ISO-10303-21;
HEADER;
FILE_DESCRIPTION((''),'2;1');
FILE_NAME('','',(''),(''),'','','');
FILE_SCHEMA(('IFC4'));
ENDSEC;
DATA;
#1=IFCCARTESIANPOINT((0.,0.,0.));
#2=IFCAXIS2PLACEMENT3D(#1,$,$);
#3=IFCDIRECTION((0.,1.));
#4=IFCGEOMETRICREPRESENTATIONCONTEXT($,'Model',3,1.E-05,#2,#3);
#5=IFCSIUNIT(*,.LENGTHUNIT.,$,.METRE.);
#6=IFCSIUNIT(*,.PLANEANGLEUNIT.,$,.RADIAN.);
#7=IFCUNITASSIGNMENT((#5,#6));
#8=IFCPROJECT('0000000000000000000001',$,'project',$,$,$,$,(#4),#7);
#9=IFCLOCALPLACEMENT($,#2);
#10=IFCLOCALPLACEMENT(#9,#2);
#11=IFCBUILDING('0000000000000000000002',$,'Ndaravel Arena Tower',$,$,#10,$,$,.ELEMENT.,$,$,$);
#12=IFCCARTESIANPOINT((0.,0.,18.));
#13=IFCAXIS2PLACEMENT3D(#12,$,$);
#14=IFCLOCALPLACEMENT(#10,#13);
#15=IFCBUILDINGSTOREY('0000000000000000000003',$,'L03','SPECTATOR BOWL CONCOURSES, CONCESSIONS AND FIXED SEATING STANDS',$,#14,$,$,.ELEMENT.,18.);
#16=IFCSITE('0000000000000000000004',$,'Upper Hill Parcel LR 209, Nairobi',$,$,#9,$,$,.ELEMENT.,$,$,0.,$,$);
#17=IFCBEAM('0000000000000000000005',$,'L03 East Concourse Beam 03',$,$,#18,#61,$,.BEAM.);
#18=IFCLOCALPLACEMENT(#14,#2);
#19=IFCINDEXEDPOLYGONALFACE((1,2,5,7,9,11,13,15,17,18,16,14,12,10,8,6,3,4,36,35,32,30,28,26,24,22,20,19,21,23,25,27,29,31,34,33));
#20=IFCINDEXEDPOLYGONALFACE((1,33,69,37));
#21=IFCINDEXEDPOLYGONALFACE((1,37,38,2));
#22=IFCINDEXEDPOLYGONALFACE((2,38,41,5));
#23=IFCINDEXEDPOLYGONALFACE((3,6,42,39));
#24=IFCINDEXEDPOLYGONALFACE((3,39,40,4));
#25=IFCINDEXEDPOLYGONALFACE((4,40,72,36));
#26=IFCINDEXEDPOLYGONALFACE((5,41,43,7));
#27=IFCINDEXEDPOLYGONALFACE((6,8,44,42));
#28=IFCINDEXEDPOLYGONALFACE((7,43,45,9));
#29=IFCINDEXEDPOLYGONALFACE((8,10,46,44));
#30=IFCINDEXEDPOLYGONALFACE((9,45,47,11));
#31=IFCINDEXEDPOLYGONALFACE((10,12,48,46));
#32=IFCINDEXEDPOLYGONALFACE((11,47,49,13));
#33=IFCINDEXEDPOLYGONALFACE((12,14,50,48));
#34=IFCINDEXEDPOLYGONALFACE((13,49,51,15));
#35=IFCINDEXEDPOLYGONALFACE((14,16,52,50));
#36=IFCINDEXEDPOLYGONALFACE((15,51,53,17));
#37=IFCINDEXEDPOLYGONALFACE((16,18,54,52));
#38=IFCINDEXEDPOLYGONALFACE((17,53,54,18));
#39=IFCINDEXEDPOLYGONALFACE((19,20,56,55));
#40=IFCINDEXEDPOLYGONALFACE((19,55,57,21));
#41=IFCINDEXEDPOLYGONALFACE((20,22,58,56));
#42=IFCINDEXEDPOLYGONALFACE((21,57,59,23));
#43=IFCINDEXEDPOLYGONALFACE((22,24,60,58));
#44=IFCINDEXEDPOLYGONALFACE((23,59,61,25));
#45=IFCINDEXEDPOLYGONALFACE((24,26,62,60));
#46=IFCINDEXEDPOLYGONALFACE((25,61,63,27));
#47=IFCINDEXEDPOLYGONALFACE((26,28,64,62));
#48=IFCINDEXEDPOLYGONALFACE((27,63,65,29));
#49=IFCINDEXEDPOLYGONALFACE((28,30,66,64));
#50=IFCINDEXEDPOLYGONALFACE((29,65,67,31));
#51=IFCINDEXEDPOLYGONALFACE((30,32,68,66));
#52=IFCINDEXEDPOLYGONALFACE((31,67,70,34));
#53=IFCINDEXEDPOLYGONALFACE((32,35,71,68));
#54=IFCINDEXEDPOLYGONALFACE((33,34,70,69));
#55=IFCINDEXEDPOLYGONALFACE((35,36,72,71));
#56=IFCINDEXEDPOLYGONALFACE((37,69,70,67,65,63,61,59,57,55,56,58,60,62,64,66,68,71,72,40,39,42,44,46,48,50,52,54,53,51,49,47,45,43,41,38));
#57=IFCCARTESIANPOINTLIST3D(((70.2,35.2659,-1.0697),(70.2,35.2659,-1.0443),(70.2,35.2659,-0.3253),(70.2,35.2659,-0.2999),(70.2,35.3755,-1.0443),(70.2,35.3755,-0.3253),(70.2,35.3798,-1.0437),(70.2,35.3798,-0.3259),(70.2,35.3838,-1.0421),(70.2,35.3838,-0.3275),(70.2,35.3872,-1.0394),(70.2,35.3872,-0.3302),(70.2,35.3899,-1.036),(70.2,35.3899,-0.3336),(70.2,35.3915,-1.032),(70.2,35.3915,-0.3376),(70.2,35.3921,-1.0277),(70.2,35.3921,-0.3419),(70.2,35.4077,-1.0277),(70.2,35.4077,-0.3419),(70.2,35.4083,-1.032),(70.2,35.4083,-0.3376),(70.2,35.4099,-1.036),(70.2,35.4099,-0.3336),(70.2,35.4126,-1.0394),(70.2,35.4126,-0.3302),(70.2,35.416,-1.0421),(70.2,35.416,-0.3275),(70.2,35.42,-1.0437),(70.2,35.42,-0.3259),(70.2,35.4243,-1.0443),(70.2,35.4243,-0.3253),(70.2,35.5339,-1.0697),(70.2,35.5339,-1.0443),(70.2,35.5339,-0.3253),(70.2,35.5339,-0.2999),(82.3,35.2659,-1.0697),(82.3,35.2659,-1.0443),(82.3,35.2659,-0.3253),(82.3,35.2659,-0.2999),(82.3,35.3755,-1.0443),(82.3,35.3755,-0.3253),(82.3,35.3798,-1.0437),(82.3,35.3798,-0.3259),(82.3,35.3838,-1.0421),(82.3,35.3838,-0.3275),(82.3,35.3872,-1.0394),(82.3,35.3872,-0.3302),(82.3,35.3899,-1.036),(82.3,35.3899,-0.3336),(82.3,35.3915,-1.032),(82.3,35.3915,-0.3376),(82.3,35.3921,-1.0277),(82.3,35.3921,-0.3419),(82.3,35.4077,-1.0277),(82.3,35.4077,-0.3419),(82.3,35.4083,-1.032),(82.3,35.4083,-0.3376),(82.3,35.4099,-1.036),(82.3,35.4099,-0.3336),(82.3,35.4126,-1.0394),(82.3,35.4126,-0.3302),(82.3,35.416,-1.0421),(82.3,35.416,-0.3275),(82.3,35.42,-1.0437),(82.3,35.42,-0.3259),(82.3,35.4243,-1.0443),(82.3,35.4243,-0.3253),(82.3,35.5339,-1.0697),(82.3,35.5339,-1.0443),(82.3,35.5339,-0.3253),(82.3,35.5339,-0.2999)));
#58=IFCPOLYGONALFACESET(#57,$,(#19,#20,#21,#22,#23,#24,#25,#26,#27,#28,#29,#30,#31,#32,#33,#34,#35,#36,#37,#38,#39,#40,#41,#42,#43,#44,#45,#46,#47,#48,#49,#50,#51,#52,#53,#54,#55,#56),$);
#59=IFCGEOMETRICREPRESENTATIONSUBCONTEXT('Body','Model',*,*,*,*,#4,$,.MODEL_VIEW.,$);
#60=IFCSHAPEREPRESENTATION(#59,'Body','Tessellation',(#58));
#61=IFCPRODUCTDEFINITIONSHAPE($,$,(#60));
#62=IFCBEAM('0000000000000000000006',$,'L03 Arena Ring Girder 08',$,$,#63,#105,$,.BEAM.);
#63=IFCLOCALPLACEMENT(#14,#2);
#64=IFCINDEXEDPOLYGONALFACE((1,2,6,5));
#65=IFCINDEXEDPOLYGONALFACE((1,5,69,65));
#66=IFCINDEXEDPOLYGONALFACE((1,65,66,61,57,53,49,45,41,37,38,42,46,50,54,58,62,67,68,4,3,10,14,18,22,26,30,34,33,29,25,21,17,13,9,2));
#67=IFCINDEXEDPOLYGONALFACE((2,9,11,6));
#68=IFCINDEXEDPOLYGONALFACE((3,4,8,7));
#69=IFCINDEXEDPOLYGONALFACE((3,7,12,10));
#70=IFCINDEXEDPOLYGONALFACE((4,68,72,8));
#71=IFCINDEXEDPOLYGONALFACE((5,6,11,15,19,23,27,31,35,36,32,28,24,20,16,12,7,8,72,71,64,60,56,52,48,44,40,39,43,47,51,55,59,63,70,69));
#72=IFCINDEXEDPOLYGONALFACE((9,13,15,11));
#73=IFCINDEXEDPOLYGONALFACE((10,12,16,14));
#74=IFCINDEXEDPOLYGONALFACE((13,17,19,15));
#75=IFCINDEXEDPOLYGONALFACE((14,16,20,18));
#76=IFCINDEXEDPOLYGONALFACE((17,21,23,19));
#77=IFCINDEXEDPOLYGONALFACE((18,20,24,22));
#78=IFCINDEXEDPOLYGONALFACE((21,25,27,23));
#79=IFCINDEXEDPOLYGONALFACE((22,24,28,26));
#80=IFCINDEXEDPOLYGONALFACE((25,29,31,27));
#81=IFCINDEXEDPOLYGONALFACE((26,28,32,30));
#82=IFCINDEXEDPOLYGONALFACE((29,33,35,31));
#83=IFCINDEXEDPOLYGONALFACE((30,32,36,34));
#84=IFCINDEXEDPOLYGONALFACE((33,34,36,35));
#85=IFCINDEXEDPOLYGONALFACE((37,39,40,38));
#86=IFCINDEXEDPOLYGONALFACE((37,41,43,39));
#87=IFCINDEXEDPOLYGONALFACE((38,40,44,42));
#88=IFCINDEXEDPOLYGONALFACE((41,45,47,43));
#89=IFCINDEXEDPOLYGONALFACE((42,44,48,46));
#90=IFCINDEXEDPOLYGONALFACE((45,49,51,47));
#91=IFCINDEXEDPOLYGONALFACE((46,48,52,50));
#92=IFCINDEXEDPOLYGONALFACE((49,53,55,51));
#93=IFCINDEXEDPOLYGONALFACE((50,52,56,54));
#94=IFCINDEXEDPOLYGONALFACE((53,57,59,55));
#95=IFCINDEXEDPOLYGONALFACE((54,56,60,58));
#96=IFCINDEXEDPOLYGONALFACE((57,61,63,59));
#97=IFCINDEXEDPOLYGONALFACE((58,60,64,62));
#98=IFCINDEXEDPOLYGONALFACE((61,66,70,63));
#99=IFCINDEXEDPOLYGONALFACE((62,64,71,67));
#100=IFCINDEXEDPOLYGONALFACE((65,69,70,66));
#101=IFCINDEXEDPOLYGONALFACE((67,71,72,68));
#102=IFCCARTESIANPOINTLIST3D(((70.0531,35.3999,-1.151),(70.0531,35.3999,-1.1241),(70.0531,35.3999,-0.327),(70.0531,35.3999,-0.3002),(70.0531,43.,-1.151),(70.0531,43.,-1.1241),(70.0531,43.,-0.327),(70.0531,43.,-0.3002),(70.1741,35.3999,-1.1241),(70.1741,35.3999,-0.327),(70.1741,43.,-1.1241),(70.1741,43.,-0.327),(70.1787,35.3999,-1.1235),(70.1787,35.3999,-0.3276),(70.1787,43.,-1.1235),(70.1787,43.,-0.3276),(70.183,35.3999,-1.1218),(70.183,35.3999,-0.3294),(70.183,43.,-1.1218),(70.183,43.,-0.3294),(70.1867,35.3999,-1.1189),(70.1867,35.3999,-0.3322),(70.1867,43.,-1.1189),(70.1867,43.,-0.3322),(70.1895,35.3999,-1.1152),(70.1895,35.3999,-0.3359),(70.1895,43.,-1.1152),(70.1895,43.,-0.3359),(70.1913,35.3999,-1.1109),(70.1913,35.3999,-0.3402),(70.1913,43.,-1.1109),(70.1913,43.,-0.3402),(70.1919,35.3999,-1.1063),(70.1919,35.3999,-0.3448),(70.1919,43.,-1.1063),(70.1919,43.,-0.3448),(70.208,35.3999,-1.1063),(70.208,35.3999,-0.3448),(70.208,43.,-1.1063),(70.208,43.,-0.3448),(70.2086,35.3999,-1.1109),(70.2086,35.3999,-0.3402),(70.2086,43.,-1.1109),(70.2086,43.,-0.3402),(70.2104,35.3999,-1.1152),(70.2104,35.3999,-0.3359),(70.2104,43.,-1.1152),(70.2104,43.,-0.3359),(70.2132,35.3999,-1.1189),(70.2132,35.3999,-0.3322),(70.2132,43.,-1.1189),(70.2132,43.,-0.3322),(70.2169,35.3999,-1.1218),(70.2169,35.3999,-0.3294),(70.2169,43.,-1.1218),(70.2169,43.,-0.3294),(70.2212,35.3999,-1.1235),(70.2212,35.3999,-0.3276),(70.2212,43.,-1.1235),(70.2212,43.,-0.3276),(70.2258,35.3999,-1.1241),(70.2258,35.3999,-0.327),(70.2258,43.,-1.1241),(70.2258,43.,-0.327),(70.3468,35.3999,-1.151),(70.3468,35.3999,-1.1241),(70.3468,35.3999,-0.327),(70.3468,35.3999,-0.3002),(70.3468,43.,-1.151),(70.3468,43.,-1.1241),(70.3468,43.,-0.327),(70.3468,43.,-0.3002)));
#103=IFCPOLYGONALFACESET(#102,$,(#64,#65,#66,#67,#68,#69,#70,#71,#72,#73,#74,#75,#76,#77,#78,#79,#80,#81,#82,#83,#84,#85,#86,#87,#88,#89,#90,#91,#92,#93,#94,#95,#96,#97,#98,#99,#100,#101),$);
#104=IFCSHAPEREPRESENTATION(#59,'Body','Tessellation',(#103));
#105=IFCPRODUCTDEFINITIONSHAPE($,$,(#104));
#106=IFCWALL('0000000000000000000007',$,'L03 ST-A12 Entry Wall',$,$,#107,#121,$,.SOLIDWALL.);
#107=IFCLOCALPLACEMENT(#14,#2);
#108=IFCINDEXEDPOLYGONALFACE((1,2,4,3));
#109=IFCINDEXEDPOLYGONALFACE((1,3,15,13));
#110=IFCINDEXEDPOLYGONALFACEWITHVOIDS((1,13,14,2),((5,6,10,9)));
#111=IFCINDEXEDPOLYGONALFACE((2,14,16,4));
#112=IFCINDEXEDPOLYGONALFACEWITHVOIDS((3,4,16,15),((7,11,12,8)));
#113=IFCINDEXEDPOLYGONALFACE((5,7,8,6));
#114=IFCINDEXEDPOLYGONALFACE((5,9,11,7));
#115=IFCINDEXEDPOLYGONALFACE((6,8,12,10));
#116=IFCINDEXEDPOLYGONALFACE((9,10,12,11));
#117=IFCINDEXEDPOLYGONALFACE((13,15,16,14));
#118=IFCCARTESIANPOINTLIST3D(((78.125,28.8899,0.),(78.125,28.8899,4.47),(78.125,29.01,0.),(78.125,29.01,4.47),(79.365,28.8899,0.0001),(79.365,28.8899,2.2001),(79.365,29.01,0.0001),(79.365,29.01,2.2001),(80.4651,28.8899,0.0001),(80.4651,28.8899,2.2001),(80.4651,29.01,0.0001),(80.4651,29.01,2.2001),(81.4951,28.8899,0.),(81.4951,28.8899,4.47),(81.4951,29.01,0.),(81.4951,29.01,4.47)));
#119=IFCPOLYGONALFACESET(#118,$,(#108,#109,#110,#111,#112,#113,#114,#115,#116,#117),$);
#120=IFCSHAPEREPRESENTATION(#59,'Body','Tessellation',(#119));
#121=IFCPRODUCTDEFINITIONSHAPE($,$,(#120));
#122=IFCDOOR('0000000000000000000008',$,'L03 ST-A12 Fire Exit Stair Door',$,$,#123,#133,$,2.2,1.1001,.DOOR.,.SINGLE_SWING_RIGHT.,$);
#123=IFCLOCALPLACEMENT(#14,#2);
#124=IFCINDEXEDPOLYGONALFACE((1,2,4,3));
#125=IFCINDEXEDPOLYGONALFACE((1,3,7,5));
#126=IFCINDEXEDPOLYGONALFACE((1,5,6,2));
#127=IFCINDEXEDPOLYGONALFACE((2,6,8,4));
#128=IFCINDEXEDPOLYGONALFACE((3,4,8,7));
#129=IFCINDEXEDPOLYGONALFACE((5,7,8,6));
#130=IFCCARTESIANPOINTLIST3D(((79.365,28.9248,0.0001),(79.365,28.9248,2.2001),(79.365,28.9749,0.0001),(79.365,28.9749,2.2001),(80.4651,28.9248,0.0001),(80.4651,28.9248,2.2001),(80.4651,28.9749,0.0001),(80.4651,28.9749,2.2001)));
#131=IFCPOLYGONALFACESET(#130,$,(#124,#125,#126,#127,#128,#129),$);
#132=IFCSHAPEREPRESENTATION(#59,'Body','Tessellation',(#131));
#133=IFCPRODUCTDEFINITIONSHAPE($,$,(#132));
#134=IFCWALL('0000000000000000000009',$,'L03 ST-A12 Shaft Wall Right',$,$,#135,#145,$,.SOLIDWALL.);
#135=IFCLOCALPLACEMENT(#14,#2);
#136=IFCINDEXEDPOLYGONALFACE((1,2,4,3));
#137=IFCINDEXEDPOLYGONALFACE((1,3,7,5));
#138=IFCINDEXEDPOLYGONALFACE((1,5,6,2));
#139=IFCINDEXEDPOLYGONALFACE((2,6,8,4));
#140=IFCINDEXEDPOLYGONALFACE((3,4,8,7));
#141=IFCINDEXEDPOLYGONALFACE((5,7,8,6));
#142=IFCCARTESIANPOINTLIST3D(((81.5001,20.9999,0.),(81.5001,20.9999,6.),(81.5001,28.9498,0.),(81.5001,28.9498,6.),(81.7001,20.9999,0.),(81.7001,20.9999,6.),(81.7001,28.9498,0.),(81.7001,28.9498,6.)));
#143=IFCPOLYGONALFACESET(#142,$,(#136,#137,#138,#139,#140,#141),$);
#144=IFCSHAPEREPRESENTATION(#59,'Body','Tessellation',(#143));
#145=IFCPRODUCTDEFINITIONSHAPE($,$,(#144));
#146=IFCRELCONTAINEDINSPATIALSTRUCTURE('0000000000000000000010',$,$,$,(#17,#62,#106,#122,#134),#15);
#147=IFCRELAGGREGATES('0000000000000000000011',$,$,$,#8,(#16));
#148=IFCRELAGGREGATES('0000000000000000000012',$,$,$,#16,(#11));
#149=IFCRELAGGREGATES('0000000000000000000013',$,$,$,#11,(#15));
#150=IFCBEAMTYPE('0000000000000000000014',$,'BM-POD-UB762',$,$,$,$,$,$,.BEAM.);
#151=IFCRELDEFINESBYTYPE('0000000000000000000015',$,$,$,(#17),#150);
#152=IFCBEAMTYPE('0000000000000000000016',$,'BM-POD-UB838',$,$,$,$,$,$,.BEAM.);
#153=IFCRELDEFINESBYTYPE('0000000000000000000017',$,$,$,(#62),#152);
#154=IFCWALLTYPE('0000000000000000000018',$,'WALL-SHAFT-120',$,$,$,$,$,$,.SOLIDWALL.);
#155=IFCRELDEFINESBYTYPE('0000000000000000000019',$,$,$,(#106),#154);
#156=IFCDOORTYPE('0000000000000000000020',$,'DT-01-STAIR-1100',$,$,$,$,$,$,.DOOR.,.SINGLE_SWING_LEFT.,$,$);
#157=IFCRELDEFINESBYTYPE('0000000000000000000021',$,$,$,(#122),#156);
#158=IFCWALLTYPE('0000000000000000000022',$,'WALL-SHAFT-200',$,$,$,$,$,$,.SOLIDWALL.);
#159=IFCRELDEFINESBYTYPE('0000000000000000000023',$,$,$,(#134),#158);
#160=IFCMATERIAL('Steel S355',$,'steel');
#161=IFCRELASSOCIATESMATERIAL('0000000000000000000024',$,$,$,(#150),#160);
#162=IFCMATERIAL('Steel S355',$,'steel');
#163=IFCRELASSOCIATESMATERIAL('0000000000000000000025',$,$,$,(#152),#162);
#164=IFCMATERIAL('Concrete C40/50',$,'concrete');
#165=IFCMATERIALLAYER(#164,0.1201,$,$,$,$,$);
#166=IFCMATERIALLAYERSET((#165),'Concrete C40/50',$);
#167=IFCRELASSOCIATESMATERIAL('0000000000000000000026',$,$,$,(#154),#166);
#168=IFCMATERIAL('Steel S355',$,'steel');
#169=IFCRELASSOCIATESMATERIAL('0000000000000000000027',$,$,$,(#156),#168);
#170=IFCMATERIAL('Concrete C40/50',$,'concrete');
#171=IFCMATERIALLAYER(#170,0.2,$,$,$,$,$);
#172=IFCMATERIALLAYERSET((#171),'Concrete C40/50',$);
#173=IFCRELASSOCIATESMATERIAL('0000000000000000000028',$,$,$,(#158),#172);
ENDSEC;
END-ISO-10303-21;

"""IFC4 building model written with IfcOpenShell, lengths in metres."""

from ifc_helpers import new_model, si_unit, direction, frame, frame_2d, origin, origin_2d, place, context, subcontext, project, spatial, rectangle, i_section, extrude, material, layer, layer_set, material_profile, profile_set, type_object, element, fill, save


model = new_model("IFC4")

# Units and contexts
model_context = context("Model", 3, precision=1e-05, world=origin(), true_north=direction((0.0, 1.0)))
body_context = subcontext(model_context, "Body", "Model", "MODEL_VIEW")
ifc_project = project(units=[si_unit("LENGTHUNIT", "METRE"), si_unit("PLANEANGLEUNIT", "RADIAN")], contexts=[model_context])

# Site, building, storey
site_placement = place(None, origin())
site = spatial("IfcSite", under=ifc_project, at=site_placement, Name="Upper Hill Parcel LR 209, Nairobi", CompositionType="ELEMENT", RefElevation=0.0)
building_placement = place(site_placement, origin())
building = spatial("IfcBuilding", under=site, at=building_placement, Name="Ndaravel Arena Tower", CompositionType="ELEMENT")
storey_placement = place(building_placement, frame((0.0, 0.0, 18.0)))
storey = spatial("IfcBuildingStorey", under=building, at=storey_placement, Name="L03", Description="SPECTATOR BOWL CONCOURSES, CONCESSIONS AND FIXED SEATING STANDS", CompositionType="ELEMENT", Elevation=18.0)

# Beams
ifc_material_1 = material(Name="Steel S355", Category="steel")
ifc_material_profile_1 = material_profile(ifc_material_1, i_section(OverallWidth=0.2681, OverallDepth=0.7698, WebThickness=0.0156, FlangeThickness=0.0254, FilletRadius=0.0166, at=origin_2d()), Name="UB 762x267x197")
ifc_profile_set_1 = profile_set([ifc_material_profile_1], Name="Steel S355")
beam_type_1 = type_object("IfcBeamType", Name="BM-POD-UB762", PredefinedType="BEAM", material=ifc_profile_set_1)
beam_1_placement = place(storey_placement, frame((70.2, 35.3999, -0.6848), z_axis=(1.0, 0.0, 0.0), x_axis=(0.0, 1.0, 0.0)))
element("IfcBeam", 1, at=beam_1_placement, inside=storey, type_object=beam_type_1, Name="L03 East Concourse Beam 03", PredefinedType="BEAM", context=body_context, shape_type="SweptSolid", body=[
    extrude(i_section(OverallWidth=0.2681, OverallDepth=0.7698, WebThickness=0.0156, FlangeThickness=0.0254, FilletRadius=0.0166, at=origin_2d()), origin(), (0.0, 0.0, 1.0), 12.1001),
])
ifc_material_2 = material(Name="Steel S355", Category="steel")
ifc_material_profile_2 = material_profile(ifc_material_2, i_section(OverallWidth=0.2937, OverallDepth=0.8508, WebThickness=0.0161, FlangeThickness=0.0269, FilletRadius=0.0178, at=origin_2d()), Name="UB 838x292x226")
ifc_profile_set_2 = profile_set([ifc_material_profile_2], Name="Steel S355")
beam_type_2 = type_object("IfcBeamType", Name="BM-POD-UB838", PredefinedType="BEAM", material=ifc_profile_set_2)
beam_2_placement = place(storey_placement, frame((70.2, 35.3999, -0.7256), z_axis=(0.0, 1.0, 0.0), x_axis=(-1.0, 0.0, 0.0)))
element("IfcBeam", 2, at=beam_2_placement, inside=storey, type_object=beam_type_2, Name="L03 Arena Ring Girder 08", PredefinedType="BEAM", context=body_context, shape_type="SweptSolid", body=[
    extrude(i_section(OverallWidth=0.2937, OverallDepth=0.8508, WebThickness=0.0161, FlangeThickness=0.0269, FilletRadius=0.0178, at=origin_2d()), origin(), (0.0, 0.0, 1.0), 7.6001),
])

# Wall, opening, door
ifc_material_3 = material(Name="Concrete C40/50", Category="concrete")
ifc_layer_1 = layer(ifc_material_3, 0.1201)
ifc_layer_set_1 = layer_set([ifc_layer_1], Name="Concrete C40/50")
wall_type_1 = type_object("IfcWallType", Name="WALL-SHAFT-120", PredefinedType="SOLIDWALL", material=ifc_layer_set_1)
wall_1_placement = place(storey_placement, frame((78.125, 28.95, 0.0), z_axis=(0.0, 0.0, 1.0), x_axis=(1.0, 0.0, 0.0)))
wall_1 = element("IfcWall", 3, at=wall_1_placement, inside=storey, type_object=wall_type_1, Name="L03 ST-A12 Entry Wall", PredefinedType="SOLIDWALL", context=body_context, shape_type="SweptSolid", body=[
    extrude(rectangle(XDim=3.3701, YDim=0.1201, at=frame_2d((1.6851, 0.0))), origin(), (0.0, 0.0, 1.0), 4.47),
])
opening_1_placement = place(wall_1_placement, frame((1.24, 0.0, 0.0)))
opening_1 = element("IfcOpeningElement", 4, at=opening_1_placement, cuts=wall_1, PredefinedType="OPENING", context=body_context, shape_type="SweptSolid", body=[
    extrude(rectangle(XDim=1.1001, YDim=2.2, at=frame_2d((0.55, 1.1001))), frame((0.0, 0.0601, 0.0), z_axis=(0.0, -1.0, 0.0), x_axis=(1.0, 0.0, 0.0)), (0.0, 0.0, 1.0), 0.1201),
])
ifc_material_4 = material(Name="Steel S355", Category="steel")
door_type = type_object("IfcDoorType", Name="DT-01-STAIR-1100", OperationType="SINGLE_SWING_LEFT", PredefinedType="DOOR", material=ifc_material_4)
door_placement = place(opening_1_placement, origin())
door = element("IfcDoor", 5, at=door_placement, inside=storey, type_object=door_type, Name="L03 ST-A12 Fire Exit Stair Door", OperationType="SINGLE_SWING_RIGHT", OverallHeight=2.2, OverallWidth=1.1001, PredefinedType="DOOR", context=body_context, shape_type="SweptSolid", body=[
    extrude(rectangle(XDim=1.1001, YDim=2.2, at=frame_2d((0.55, 1.1001))), frame((0.0, 0.0249, 0.0), z_axis=(0.0, -1.0, 0.0), x_axis=(1.0, 0.0, 0.0)), (0.0, 0.0, 1.0), 0.05),
])
fill(opening_1, door)

# Wall
ifc_material_5 = material(Name="Concrete C40/50", Category="concrete")
ifc_layer_2 = layer(ifc_material_5, 0.2)
ifc_layer_set_2 = layer_set([ifc_layer_2], Name="Concrete C40/50")
wall_type_2 = type_object("IfcWallType", Name="WALL-SHAFT-200", PredefinedType="SOLIDWALL", material=ifc_layer_set_2)
wall_2_placement = place(storey_placement, frame((81.6001, 28.95, 0.0), z_axis=(0.0, 0.0, 1.0), x_axis=(0.0, -1.0, 0.0)))
element("IfcWall", 6, at=wall_2_placement, inside=storey, type_object=wall_type_2, Name="L03 ST-A12 Shaft Wall Right", PredefinedType="SOLIDWALL", context=body_context, shape_type="SweptSolid", body=[
    extrude(rectangle(XDim=7.95, YDim=0.2, at=frame_2d((3.9751, 0.0))), origin(), (0.0, 0.0, 1.0), 6.0),
])

save(model, "model.ifc")
